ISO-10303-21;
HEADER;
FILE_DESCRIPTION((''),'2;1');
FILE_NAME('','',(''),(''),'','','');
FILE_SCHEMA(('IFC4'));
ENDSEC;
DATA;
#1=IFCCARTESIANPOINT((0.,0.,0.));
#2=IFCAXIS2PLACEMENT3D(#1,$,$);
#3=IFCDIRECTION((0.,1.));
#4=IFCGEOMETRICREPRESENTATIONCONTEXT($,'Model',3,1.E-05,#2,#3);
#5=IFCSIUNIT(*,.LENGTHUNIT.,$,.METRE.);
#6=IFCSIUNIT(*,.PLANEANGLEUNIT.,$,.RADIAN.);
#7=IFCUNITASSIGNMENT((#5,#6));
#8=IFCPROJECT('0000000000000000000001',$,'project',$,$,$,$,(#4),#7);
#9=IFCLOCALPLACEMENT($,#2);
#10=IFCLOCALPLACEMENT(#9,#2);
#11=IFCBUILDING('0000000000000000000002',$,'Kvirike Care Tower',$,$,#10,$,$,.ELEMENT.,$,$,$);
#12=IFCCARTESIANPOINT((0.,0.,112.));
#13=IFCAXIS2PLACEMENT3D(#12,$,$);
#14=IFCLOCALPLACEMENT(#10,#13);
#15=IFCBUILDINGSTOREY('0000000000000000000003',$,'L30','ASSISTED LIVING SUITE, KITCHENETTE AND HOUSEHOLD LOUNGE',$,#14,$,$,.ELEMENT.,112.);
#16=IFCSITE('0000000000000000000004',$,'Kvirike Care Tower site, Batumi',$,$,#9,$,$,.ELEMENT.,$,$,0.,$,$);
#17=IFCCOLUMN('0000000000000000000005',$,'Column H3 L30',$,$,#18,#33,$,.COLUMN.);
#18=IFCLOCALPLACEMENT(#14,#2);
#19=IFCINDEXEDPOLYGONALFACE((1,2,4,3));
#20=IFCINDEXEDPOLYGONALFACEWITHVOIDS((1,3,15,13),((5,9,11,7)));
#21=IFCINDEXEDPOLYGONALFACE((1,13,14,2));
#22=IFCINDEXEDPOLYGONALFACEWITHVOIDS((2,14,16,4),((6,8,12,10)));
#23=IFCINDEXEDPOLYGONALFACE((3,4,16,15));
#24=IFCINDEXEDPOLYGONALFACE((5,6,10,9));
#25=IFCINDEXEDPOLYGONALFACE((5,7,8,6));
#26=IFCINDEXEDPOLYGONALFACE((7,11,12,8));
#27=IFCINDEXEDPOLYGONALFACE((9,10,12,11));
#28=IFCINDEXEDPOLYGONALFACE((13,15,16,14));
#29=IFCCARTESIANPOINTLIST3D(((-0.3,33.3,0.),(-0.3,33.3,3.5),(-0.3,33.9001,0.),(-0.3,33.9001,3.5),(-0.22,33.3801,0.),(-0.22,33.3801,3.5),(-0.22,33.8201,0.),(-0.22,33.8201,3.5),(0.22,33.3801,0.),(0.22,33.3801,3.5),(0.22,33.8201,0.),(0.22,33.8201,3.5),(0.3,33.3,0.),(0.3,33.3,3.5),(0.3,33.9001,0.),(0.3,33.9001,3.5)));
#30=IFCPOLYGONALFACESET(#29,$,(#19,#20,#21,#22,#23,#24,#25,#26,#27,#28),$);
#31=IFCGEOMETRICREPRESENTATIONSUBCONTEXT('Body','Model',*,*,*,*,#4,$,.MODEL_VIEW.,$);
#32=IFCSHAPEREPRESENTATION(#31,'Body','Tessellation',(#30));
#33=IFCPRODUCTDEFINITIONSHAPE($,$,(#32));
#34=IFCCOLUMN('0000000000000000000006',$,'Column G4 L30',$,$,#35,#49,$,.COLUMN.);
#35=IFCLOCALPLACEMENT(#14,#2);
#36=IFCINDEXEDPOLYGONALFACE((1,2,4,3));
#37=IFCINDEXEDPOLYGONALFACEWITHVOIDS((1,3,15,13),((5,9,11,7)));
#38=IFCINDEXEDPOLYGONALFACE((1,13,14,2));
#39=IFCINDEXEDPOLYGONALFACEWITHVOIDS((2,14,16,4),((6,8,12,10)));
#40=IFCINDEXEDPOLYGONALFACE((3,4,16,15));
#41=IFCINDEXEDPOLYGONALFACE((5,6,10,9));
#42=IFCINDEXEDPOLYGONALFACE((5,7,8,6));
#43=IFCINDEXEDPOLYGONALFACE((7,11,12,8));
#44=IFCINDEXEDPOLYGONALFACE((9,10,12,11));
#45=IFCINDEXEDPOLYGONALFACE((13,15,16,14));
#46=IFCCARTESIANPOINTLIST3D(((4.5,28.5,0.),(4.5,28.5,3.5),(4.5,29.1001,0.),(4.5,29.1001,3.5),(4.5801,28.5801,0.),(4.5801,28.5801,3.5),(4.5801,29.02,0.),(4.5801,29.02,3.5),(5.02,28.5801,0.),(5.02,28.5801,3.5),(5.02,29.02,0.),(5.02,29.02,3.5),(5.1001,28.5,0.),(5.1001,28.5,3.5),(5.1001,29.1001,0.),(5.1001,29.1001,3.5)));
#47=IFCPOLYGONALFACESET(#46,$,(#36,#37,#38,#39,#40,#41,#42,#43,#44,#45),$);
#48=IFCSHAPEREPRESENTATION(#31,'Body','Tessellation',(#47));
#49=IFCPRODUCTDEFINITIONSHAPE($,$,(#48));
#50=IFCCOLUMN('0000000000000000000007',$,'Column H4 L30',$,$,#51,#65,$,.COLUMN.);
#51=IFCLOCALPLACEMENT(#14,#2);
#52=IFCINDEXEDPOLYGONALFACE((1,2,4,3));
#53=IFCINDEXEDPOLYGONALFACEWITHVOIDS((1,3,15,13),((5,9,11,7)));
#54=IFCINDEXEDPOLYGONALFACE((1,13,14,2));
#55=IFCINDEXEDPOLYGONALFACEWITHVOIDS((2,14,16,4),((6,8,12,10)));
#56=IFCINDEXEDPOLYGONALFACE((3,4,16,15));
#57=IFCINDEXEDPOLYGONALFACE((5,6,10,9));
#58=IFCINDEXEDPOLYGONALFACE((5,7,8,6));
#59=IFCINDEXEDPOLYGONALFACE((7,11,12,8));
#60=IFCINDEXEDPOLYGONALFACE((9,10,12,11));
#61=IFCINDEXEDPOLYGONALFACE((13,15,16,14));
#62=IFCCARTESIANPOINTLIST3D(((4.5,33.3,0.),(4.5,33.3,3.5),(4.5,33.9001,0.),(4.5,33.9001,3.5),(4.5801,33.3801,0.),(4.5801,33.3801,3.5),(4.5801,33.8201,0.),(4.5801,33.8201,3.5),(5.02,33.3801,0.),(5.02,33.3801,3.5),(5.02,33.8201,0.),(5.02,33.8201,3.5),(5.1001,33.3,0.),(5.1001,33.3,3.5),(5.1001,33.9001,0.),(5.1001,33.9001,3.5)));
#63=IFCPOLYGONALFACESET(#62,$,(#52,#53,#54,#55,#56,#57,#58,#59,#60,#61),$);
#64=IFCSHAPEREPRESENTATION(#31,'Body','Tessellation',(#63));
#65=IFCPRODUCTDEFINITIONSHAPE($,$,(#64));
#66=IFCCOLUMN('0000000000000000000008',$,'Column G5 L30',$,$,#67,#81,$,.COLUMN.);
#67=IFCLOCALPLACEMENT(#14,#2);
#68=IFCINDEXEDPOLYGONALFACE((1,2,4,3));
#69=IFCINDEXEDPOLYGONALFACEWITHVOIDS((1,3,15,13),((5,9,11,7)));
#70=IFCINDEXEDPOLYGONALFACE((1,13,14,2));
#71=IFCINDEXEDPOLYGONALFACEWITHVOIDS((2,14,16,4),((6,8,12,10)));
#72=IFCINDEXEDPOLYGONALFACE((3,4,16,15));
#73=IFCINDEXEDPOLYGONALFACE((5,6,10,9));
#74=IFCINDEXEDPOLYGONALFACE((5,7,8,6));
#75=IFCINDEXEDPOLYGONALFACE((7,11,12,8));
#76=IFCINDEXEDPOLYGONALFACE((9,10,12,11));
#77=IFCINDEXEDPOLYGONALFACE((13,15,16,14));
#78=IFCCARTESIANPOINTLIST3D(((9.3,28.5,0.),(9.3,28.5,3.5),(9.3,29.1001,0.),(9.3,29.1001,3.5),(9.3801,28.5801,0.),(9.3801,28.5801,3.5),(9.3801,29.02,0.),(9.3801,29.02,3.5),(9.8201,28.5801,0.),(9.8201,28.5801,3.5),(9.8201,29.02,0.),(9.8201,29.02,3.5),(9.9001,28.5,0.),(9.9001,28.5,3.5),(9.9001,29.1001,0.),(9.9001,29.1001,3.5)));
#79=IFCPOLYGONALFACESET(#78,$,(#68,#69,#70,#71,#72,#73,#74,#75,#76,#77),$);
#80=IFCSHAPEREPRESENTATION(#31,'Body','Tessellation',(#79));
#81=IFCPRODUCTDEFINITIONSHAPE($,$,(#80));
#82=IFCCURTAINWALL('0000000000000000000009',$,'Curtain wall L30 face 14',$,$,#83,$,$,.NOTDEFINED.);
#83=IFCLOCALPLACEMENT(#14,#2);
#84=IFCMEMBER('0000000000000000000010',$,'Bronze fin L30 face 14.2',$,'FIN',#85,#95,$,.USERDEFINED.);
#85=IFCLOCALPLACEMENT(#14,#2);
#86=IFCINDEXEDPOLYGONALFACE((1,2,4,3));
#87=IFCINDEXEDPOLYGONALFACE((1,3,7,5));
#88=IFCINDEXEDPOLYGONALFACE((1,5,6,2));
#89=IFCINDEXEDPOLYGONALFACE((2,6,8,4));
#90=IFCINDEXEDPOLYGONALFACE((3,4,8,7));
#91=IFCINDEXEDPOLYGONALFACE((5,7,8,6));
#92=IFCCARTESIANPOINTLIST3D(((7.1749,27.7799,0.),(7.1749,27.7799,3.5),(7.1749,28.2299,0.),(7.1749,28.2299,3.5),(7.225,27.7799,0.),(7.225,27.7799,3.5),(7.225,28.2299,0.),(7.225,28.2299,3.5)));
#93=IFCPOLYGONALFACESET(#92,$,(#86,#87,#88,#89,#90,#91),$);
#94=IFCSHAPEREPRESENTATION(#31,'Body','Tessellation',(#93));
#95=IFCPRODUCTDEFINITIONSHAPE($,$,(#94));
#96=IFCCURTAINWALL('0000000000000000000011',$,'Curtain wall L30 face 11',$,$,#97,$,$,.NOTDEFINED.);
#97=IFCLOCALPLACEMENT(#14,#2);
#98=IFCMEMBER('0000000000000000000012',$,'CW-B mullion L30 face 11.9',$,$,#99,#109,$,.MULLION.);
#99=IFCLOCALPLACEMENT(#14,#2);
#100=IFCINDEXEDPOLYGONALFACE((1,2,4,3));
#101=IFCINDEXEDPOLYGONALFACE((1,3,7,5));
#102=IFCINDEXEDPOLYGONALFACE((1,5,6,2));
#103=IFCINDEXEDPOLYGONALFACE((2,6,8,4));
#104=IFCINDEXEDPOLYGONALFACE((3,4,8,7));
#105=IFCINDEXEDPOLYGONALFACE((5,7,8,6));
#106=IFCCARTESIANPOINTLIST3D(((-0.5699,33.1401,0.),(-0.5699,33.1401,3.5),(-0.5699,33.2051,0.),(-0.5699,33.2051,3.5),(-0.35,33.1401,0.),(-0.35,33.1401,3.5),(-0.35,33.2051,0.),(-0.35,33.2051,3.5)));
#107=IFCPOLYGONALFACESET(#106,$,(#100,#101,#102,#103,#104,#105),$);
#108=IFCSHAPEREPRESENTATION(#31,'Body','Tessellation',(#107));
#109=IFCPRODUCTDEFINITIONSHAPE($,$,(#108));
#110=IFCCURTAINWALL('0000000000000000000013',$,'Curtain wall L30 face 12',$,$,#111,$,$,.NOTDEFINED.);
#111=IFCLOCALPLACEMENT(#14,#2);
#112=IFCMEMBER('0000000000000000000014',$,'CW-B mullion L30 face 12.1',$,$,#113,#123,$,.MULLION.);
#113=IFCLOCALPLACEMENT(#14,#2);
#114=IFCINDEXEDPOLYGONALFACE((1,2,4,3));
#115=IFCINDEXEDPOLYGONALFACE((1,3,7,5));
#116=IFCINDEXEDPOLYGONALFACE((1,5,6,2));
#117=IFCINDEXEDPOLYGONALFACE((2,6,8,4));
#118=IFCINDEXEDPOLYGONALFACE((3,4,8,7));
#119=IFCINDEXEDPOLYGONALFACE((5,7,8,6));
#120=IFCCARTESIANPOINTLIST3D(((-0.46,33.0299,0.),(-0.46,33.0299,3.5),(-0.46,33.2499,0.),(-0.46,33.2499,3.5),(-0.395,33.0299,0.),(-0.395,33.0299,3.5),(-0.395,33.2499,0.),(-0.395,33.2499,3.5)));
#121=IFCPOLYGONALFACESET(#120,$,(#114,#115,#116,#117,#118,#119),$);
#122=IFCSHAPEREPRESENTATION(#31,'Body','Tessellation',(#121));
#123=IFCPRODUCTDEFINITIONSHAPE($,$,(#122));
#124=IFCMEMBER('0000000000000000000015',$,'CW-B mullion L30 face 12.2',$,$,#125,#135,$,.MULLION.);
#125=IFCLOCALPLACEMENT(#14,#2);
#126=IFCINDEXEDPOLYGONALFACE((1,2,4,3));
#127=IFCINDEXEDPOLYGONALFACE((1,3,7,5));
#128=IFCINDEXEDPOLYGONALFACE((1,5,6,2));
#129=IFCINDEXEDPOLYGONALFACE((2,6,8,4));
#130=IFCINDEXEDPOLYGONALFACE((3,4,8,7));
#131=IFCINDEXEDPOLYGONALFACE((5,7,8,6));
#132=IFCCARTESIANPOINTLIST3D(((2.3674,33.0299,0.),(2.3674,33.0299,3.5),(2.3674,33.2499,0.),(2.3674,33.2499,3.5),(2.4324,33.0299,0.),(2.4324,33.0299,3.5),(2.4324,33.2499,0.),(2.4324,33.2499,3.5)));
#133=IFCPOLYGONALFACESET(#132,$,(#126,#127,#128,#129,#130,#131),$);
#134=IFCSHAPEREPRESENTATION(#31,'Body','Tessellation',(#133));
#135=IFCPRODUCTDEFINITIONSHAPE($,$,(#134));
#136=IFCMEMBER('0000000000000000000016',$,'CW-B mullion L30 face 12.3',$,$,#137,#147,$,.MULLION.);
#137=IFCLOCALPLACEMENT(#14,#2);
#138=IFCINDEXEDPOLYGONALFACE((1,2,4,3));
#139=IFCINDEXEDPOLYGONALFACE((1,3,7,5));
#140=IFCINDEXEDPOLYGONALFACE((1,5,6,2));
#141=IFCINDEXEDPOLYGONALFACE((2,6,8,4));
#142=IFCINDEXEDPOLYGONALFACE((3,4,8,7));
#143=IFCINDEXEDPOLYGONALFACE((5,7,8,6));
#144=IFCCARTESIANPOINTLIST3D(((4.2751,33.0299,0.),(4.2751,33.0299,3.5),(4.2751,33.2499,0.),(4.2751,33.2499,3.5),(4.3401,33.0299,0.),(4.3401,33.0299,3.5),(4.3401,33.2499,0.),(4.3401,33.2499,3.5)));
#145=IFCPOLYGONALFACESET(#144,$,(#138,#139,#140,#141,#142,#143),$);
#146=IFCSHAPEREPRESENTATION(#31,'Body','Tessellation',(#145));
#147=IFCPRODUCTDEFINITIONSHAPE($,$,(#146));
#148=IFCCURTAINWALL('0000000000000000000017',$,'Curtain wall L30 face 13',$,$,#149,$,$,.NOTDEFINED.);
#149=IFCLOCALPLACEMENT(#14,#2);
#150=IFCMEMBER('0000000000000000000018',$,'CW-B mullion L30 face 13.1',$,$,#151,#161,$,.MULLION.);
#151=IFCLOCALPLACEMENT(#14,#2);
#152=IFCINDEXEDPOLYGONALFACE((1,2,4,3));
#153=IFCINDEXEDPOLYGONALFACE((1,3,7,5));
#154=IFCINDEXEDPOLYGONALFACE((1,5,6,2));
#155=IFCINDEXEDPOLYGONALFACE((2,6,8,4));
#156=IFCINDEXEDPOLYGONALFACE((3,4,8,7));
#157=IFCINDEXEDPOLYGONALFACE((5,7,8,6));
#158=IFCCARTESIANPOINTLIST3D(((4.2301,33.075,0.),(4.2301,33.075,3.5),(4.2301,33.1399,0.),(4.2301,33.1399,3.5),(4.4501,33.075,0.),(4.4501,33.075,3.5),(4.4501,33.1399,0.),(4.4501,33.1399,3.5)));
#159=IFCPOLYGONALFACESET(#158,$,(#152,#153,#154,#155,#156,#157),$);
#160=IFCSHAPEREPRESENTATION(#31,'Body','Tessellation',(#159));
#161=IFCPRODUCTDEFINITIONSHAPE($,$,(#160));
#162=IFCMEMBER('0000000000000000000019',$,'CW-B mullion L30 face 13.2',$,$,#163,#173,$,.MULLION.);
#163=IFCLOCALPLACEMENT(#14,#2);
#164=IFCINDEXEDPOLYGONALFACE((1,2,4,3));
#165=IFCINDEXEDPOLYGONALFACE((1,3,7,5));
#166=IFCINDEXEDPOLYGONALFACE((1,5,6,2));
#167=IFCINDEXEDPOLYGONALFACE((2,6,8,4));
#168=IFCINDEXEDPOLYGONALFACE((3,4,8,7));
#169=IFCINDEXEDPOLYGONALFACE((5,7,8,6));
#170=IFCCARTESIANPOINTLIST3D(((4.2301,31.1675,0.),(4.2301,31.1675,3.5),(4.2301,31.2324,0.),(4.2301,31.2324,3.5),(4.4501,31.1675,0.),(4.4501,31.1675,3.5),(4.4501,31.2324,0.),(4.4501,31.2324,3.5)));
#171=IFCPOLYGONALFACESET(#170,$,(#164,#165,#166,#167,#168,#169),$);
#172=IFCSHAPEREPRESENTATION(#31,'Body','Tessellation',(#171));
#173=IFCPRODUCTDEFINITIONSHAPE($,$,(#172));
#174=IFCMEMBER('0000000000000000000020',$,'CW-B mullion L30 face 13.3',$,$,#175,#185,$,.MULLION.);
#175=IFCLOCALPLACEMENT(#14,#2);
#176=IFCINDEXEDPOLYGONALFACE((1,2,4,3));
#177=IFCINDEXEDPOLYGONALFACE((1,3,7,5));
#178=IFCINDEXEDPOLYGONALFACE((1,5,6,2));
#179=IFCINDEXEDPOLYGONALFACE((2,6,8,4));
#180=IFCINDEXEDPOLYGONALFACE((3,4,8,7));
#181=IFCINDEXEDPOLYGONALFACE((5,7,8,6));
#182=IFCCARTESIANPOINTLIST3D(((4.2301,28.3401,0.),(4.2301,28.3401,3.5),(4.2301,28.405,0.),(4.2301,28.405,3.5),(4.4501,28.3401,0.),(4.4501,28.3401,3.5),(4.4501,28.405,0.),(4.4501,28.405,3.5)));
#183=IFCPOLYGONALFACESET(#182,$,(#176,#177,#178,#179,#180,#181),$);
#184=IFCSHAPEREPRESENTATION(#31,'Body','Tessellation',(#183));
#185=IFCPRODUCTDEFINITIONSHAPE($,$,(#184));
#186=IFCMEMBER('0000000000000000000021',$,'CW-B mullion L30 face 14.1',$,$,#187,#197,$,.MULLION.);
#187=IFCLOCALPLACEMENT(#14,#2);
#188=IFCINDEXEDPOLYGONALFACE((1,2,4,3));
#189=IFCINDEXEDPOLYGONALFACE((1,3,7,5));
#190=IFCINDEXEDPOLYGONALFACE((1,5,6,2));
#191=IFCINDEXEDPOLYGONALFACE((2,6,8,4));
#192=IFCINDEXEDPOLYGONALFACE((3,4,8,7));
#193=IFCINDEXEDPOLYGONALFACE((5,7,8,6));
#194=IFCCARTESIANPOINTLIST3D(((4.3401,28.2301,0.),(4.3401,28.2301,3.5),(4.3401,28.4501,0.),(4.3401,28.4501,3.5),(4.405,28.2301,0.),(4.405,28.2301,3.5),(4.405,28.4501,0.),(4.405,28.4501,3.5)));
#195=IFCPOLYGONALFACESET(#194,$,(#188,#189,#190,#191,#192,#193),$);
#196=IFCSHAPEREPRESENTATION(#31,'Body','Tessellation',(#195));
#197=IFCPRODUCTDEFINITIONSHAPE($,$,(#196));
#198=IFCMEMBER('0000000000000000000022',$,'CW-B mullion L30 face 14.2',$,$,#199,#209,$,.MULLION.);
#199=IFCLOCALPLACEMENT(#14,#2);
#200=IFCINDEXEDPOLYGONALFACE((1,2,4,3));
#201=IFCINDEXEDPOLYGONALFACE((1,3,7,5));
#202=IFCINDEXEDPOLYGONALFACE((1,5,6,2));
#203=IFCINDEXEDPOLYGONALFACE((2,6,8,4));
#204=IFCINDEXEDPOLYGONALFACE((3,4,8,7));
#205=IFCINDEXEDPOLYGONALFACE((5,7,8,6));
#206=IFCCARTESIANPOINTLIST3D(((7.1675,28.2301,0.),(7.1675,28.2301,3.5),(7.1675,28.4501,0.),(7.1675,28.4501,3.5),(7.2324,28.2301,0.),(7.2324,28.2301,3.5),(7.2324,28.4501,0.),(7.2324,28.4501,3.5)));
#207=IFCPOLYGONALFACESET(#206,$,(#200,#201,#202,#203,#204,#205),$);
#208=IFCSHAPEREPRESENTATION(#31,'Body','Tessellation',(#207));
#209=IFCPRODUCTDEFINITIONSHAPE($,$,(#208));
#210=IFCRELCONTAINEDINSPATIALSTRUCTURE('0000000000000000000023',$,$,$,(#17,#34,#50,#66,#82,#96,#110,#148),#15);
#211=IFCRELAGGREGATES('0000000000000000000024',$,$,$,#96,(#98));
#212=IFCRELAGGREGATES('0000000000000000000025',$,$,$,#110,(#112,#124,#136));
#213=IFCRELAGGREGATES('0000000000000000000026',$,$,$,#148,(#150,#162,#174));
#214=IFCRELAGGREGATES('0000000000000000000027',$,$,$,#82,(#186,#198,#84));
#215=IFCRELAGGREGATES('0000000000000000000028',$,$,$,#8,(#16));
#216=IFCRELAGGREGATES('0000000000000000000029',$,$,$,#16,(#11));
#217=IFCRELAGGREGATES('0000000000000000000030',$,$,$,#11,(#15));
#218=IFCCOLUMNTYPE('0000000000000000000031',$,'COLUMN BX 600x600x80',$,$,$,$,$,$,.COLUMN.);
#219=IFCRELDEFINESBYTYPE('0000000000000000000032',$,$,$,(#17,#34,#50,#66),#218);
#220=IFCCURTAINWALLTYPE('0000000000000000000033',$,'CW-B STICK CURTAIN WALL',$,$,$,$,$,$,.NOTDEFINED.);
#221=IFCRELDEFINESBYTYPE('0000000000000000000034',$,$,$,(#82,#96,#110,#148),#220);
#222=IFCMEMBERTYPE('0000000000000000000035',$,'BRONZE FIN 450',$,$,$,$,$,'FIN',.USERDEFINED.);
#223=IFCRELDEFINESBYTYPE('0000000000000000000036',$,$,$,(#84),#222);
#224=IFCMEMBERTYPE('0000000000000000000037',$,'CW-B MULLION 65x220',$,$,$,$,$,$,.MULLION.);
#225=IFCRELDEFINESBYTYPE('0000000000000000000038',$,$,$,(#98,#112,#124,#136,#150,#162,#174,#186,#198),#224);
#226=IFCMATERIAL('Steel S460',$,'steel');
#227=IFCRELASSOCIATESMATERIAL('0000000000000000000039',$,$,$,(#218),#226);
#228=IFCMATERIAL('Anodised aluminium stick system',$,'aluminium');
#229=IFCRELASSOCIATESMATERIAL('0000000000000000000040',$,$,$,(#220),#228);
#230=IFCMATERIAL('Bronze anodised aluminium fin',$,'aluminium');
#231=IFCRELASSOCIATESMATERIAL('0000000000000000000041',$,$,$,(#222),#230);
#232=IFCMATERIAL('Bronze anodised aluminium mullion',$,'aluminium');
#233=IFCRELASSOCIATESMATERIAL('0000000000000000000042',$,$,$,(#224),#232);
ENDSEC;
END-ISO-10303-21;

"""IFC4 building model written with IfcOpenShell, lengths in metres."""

from ifc_helpers import new_model, si_unit, direction, frame, origin, origin_2d, place, context, subcontext, project, spatial, rectangle, hollow_rectangle, extrude, material, material_profile, profile_set, type_object, element, aggregate, save


model = new_model("IFC4")

# Units and contexts
model_context = context("Model", 3, precision=1e-05, world=origin(), true_north=direction((0.0, 1.0)))
body_context = subcontext(model_context, "Body", "Model", "MODEL_VIEW")
ifc_project = project(units=[si_unit("LENGTHUNIT", "METRE"), si_unit("PLANEANGLEUNIT", "RADIAN")], contexts=[model_context])

# Site, building, storey
site_placement = place(None, origin())
site = spatial("IfcSite", under=ifc_project, at=site_placement, Name="Kvirike Care Tower site, Batumi", CompositionType="ELEMENT", RefElevation=0.0)
building_placement = place(site_placement, origin())
building = spatial("IfcBuilding", under=site, at=building_placement, Name="Kvirike Care Tower", CompositionType="ELEMENT")
storey_placement = place(building_placement, frame((0.0, 0.0, 112.0)))
storey = spatial("IfcBuildingStorey", under=building, at=storey_placement, Name="L30", Description="ASSISTED LIVING SUITE, KITCHENETTE AND HOUSEHOLD LOUNGE", CompositionType="ELEMENT", Elevation=112.0)

# Columns
ifc_material_1 = material(Name="Steel S460", Category="steel")
ifc_material_profile_1 = material_profile(ifc_material_1, hollow_rectangle(XDim=0.6001, YDim=0.6001, WallThickness=0.0801, at=origin_2d()), Name="BX 600x600x80")
ifc_profile_set_1 = profile_set([ifc_material_profile_1], Name="Steel S460")
column_type = type_object("IfcColumnType", Name="COLUMN BX 600x600x80", PredefinedType="COLUMN", material=ifc_profile_set_1)
for number, where, z_axis, x_axis, name in (
    (1, (0.0, 33.6001, 0.0), (0.0, 0.0, 1.0), (0.0, 1.0, 0.0), "Column H3 L30"),
    (2, (4.8, 28.8, 0.0), (0.0, 0.0, 1.0), (0.0, 1.0, 0.0), "Column G4 L30"),
    (3, (4.8, 33.6001, 0.0), (0.0, 0.0, 1.0), (0.0, 1.0, 0.0), "Column H4 L30"),
    (4, (9.6001, 28.8, 0.0), (0.0, 0.0, 1.0), (0.0, 1.0, 0.0), "Column G5 L30"),
):
    element("IfcColumn", number, at=place(storey_placement, frame(where, z_axis=z_axis, x_axis=x_axis)), inside=storey, type_object=column_type, Name=name, PredefinedType="COLUMN", context=body_context, shape_type="SweptSolid", body=[
        extrude(hollow_rectangle(XDim=0.6001, YDim=0.6001, WallThickness=0.0801, at=origin_2d()), origin(), (0.0, 0.0, 1.0), 3.5),
    ])

# Curtain walls, members
ifc_material_2 = material(Name="Anodised aluminium stick system", Category="aluminium")
curtain_wall_type = type_object("IfcCurtainWallType", Name="CW-B STICK CURTAIN WALL", PredefinedType="NOTDEFINED", material=ifc_material_2)
curtain_wall_1_placement = place(storey_placement, origin())
curtain_wall_1 = element("IfcCurtainWall", 5, at=curtain_wall_1_placement, inside=storey, type_object=curtain_wall_type, Name="Curtain wall L30 face 14", PredefinedType="NOTDEFINED")
ifc_material_3 = material(Name="Bronze anodised aluminium fin", Category="aluminium")
ifc_material_profile_2 = material_profile(ifc_material_3, rectangle(XDim=0.05, YDim=0.45, at=origin_2d()), Name="BRONZE FIN 450")
ifc_profile_set_2 = profile_set([ifc_material_profile_2], Name="Bronze anodised aluminium fin")
member_type_1 = type_object("IfcMemberType", Name="BRONZE FIN 450", ElementType="FIN", PredefinedType="USERDEFINED", material=ifc_profile_set_2)
member_1_placement = place(storey_placement, frame((7.2, 28.0049, 0.0), z_axis=(0.0, 0.0, 1.0), x_axis=(1.0, 0.0, 0.0)))
member_1 = element("IfcMember", 6, at=member_1_placement, type_object=member_type_1, Name="Bronze fin L30 face 14.2", ObjectType="FIN", PredefinedType="USERDEFINED", context=body_context, shape_type="SweptSolid", body=[
    extrude(rectangle(XDim=0.05, YDim=0.45, at=origin_2d()), origin(), (0.0, 0.0, 1.0), 3.5),
])
curtain_wall_2_placement = place(storey_placement, origin())
curtain_wall_2 = element("IfcCurtainWall", 7, at=curtain_wall_2_placement, inside=storey, type_object=curtain_wall_type, Name="Curtain wall L30 face 11", PredefinedType="NOTDEFINED")
ifc_material_4 = material(Name="Bronze anodised aluminium mullion", Category="aluminium")
ifc_material_profile_3 = material_profile(ifc_material_4, rectangle(XDim=0.0649, YDim=0.22, at=origin_2d()), Name="CW-B MULLION 65x220")
ifc_profile_set_3 = profile_set([ifc_material_profile_3], Name="Bronze anodised aluminium mullion")
member_type_2 = type_object("IfcMemberType", Name="CW-B MULLION 65x220", PredefinedType="MULLION", material=ifc_profile_set_3)
member_2_placement = place(storey_placement, frame((-0.46, 33.1726, 0.0), z_axis=(0.0, 0.0, 1.0), x_axis=(0.0, -1.0, 0.0)))
member_2 = element("IfcMember", 8, at=member_2_placement, type_object=member_type_2, Name="CW-B mullion L30 face 11.9", PredefinedType="MULLION", context=body_context, shape_type="SweptSolid", body=[
    extrude(rectangle(XDim=0.0649, YDim=0.22, at=origin_2d()), origin(), (0.0, 0.0, 1.0), 3.5),
])
aggregate(curtain_wall_2, [member_2])

# Curtain walls, members
curtain_wall_3_placement = place(storey_placement, origin())
curtain_wall_3 = element("IfcCurtainWall", 9, at=curtain_wall_3_placement, inside=storey, type_object=curtain_wall_type, Name="Curtain wall L30 face 12", PredefinedType="NOTDEFINED")
member_3_placement = place(storey_placement, frame((-0.4275, 33.1399, 0.0), z_axis=(0.0, 0.0, 1.0), x_axis=(1.0, 0.0, 0.0)))
member_3 = element("IfcMember", 10, at=member_3_placement, type_object=member_type_2, Name="CW-B mullion L30 face 12.1", PredefinedType="MULLION", context=body_context, shape_type="SweptSolid", body=[
    extrude(rectangle(XDim=0.0649, YDim=0.22, at=origin_2d()), origin(), (0.0, 0.0, 1.0), 3.5),
])
member_4_placement = place(storey_placement, frame((2.3999, 33.1399, 0.0), z_axis=(0.0, 0.0, 1.0), x_axis=(1.0, 0.0, 0.0)))
member_4 = element("IfcMember", 11, at=member_4_placement, type_object=member_type_2, Name="CW-B mullion L30 face 12.2", PredefinedType="MULLION", context=body_context, shape_type="SweptSolid", body=[
    extrude(rectangle(XDim=0.0649, YDim=0.22, at=origin_2d()), origin(), (0.0, 0.0, 1.0), 3.5),
])
member_5_placement = place(storey_placement, frame((4.3076, 33.1399, 0.0), z_axis=(0.0, 0.0, 1.0), x_axis=(1.0, 0.0, 0.0)))
member_5 = element("IfcMember", 12, at=member_5_placement, type_object=member_type_2, Name="CW-B mullion L30 face 12.3", PredefinedType="MULLION", context=body_context, shape_type="SweptSolid", body=[
    extrude(rectangle(XDim=0.0649, YDim=0.22, at=origin_2d()), origin(), (0.0, 0.0, 1.0), 3.5),
])
curtain_wall_4_placement = place(storey_placement, origin())
curtain_wall_4 = element("IfcCurtainWall", 13, at=curtain_wall_4_placement, inside=storey, type_object=curtain_wall_type, Name="Curtain wall L30 face 13", PredefinedType="NOTDEFINED")
member_6_placement = place(storey_placement, frame((4.3401, 33.1074, 0.0), z_axis=(0.0, 0.0, 1.0), x_axis=(0.0, -1.0, 0.0)))
member_6 = element("IfcMember", 14, at=member_6_placement, type_object=member_type_2, Name="CW-B mullion L30 face 13.1", PredefinedType="MULLION", context=body_context, shape_type="SweptSolid", body=[
    extrude(rectangle(XDim=0.0649, YDim=0.22, at=origin_2d()), origin(), (0.0, 0.0, 1.0), 3.5),
])
member_7_placement = place(storey_placement, frame((4.3401, 31.2, 0.0), z_axis=(0.0, 0.0, 1.0), x_axis=(0.0, -1.0, 0.0)))
member_7 = element("IfcMember", 15, at=member_7_placement, type_object=member_type_2, Name="CW-B mullion L30 face 13.2", PredefinedType="MULLION", context=body_context, shape_type="SweptSolid", body=[
    extrude(rectangle(XDim=0.0649, YDim=0.22, at=origin_2d()), origin(), (0.0, 0.0, 1.0), 3.5),
])
member_8_placement = place(storey_placement, frame((4.3401, 28.3726, 0.0), z_axis=(0.0, 0.0, 1.0), x_axis=(0.0, -1.0, 0.0)))
member_8 = element("IfcMember", 16, at=member_8_placement, type_object=member_type_2, Name="CW-B mullion L30 face 13.3", PredefinedType="MULLION", context=body_context, shape_type="SweptSolid", body=[
    extrude(rectangle(XDim=0.0649, YDim=0.22, at=origin_2d()), origin(), (0.0, 0.0, 1.0), 3.5),
])

# Members
member_9_placement = place(storey_placement, frame((4.3726, 28.3401, 0.0), z_axis=(0.0, 0.0, 1.0), x_axis=(1.0, 0.0, 0.0)))
member_9 = element("IfcMember", 17, at=member_9_placement, type_object=member_type_2, Name="CW-B mullion L30 face 14.1", PredefinedType="MULLION", context=body_context, shape_type="SweptSolid", body=[
    extrude(rectangle(XDim=0.0649, YDim=0.22, at=origin_2d()), origin(), (0.0, 0.0, 1.0), 3.5),
])
member_10_placement = place(storey_placement, frame((7.2, 28.3401, 0.0), z_axis=(0.0, 0.0, 1.0), x_axis=(1.0, 0.0, 0.0)))
member_10 = element("IfcMember", 18, at=member_10_placement, type_object=member_type_2, Name="CW-B mullion L30 face 14.2", PredefinedType="MULLION", context=body_context, shape_type="SweptSolid", body=[
    extrude(rectangle(XDim=0.0649, YDim=0.22, at=origin_2d()), origin(), (0.0, 0.0, 1.0), 3.5),
])

aggregate(curtain_wall_3, [member_3, member_4, member_5])
aggregate(curtain_wall_4, [member_6, member_7, member_8])
aggregate(curtain_wall_1, [member_9, member_10, member_1])

save(model, "model.ifc")
